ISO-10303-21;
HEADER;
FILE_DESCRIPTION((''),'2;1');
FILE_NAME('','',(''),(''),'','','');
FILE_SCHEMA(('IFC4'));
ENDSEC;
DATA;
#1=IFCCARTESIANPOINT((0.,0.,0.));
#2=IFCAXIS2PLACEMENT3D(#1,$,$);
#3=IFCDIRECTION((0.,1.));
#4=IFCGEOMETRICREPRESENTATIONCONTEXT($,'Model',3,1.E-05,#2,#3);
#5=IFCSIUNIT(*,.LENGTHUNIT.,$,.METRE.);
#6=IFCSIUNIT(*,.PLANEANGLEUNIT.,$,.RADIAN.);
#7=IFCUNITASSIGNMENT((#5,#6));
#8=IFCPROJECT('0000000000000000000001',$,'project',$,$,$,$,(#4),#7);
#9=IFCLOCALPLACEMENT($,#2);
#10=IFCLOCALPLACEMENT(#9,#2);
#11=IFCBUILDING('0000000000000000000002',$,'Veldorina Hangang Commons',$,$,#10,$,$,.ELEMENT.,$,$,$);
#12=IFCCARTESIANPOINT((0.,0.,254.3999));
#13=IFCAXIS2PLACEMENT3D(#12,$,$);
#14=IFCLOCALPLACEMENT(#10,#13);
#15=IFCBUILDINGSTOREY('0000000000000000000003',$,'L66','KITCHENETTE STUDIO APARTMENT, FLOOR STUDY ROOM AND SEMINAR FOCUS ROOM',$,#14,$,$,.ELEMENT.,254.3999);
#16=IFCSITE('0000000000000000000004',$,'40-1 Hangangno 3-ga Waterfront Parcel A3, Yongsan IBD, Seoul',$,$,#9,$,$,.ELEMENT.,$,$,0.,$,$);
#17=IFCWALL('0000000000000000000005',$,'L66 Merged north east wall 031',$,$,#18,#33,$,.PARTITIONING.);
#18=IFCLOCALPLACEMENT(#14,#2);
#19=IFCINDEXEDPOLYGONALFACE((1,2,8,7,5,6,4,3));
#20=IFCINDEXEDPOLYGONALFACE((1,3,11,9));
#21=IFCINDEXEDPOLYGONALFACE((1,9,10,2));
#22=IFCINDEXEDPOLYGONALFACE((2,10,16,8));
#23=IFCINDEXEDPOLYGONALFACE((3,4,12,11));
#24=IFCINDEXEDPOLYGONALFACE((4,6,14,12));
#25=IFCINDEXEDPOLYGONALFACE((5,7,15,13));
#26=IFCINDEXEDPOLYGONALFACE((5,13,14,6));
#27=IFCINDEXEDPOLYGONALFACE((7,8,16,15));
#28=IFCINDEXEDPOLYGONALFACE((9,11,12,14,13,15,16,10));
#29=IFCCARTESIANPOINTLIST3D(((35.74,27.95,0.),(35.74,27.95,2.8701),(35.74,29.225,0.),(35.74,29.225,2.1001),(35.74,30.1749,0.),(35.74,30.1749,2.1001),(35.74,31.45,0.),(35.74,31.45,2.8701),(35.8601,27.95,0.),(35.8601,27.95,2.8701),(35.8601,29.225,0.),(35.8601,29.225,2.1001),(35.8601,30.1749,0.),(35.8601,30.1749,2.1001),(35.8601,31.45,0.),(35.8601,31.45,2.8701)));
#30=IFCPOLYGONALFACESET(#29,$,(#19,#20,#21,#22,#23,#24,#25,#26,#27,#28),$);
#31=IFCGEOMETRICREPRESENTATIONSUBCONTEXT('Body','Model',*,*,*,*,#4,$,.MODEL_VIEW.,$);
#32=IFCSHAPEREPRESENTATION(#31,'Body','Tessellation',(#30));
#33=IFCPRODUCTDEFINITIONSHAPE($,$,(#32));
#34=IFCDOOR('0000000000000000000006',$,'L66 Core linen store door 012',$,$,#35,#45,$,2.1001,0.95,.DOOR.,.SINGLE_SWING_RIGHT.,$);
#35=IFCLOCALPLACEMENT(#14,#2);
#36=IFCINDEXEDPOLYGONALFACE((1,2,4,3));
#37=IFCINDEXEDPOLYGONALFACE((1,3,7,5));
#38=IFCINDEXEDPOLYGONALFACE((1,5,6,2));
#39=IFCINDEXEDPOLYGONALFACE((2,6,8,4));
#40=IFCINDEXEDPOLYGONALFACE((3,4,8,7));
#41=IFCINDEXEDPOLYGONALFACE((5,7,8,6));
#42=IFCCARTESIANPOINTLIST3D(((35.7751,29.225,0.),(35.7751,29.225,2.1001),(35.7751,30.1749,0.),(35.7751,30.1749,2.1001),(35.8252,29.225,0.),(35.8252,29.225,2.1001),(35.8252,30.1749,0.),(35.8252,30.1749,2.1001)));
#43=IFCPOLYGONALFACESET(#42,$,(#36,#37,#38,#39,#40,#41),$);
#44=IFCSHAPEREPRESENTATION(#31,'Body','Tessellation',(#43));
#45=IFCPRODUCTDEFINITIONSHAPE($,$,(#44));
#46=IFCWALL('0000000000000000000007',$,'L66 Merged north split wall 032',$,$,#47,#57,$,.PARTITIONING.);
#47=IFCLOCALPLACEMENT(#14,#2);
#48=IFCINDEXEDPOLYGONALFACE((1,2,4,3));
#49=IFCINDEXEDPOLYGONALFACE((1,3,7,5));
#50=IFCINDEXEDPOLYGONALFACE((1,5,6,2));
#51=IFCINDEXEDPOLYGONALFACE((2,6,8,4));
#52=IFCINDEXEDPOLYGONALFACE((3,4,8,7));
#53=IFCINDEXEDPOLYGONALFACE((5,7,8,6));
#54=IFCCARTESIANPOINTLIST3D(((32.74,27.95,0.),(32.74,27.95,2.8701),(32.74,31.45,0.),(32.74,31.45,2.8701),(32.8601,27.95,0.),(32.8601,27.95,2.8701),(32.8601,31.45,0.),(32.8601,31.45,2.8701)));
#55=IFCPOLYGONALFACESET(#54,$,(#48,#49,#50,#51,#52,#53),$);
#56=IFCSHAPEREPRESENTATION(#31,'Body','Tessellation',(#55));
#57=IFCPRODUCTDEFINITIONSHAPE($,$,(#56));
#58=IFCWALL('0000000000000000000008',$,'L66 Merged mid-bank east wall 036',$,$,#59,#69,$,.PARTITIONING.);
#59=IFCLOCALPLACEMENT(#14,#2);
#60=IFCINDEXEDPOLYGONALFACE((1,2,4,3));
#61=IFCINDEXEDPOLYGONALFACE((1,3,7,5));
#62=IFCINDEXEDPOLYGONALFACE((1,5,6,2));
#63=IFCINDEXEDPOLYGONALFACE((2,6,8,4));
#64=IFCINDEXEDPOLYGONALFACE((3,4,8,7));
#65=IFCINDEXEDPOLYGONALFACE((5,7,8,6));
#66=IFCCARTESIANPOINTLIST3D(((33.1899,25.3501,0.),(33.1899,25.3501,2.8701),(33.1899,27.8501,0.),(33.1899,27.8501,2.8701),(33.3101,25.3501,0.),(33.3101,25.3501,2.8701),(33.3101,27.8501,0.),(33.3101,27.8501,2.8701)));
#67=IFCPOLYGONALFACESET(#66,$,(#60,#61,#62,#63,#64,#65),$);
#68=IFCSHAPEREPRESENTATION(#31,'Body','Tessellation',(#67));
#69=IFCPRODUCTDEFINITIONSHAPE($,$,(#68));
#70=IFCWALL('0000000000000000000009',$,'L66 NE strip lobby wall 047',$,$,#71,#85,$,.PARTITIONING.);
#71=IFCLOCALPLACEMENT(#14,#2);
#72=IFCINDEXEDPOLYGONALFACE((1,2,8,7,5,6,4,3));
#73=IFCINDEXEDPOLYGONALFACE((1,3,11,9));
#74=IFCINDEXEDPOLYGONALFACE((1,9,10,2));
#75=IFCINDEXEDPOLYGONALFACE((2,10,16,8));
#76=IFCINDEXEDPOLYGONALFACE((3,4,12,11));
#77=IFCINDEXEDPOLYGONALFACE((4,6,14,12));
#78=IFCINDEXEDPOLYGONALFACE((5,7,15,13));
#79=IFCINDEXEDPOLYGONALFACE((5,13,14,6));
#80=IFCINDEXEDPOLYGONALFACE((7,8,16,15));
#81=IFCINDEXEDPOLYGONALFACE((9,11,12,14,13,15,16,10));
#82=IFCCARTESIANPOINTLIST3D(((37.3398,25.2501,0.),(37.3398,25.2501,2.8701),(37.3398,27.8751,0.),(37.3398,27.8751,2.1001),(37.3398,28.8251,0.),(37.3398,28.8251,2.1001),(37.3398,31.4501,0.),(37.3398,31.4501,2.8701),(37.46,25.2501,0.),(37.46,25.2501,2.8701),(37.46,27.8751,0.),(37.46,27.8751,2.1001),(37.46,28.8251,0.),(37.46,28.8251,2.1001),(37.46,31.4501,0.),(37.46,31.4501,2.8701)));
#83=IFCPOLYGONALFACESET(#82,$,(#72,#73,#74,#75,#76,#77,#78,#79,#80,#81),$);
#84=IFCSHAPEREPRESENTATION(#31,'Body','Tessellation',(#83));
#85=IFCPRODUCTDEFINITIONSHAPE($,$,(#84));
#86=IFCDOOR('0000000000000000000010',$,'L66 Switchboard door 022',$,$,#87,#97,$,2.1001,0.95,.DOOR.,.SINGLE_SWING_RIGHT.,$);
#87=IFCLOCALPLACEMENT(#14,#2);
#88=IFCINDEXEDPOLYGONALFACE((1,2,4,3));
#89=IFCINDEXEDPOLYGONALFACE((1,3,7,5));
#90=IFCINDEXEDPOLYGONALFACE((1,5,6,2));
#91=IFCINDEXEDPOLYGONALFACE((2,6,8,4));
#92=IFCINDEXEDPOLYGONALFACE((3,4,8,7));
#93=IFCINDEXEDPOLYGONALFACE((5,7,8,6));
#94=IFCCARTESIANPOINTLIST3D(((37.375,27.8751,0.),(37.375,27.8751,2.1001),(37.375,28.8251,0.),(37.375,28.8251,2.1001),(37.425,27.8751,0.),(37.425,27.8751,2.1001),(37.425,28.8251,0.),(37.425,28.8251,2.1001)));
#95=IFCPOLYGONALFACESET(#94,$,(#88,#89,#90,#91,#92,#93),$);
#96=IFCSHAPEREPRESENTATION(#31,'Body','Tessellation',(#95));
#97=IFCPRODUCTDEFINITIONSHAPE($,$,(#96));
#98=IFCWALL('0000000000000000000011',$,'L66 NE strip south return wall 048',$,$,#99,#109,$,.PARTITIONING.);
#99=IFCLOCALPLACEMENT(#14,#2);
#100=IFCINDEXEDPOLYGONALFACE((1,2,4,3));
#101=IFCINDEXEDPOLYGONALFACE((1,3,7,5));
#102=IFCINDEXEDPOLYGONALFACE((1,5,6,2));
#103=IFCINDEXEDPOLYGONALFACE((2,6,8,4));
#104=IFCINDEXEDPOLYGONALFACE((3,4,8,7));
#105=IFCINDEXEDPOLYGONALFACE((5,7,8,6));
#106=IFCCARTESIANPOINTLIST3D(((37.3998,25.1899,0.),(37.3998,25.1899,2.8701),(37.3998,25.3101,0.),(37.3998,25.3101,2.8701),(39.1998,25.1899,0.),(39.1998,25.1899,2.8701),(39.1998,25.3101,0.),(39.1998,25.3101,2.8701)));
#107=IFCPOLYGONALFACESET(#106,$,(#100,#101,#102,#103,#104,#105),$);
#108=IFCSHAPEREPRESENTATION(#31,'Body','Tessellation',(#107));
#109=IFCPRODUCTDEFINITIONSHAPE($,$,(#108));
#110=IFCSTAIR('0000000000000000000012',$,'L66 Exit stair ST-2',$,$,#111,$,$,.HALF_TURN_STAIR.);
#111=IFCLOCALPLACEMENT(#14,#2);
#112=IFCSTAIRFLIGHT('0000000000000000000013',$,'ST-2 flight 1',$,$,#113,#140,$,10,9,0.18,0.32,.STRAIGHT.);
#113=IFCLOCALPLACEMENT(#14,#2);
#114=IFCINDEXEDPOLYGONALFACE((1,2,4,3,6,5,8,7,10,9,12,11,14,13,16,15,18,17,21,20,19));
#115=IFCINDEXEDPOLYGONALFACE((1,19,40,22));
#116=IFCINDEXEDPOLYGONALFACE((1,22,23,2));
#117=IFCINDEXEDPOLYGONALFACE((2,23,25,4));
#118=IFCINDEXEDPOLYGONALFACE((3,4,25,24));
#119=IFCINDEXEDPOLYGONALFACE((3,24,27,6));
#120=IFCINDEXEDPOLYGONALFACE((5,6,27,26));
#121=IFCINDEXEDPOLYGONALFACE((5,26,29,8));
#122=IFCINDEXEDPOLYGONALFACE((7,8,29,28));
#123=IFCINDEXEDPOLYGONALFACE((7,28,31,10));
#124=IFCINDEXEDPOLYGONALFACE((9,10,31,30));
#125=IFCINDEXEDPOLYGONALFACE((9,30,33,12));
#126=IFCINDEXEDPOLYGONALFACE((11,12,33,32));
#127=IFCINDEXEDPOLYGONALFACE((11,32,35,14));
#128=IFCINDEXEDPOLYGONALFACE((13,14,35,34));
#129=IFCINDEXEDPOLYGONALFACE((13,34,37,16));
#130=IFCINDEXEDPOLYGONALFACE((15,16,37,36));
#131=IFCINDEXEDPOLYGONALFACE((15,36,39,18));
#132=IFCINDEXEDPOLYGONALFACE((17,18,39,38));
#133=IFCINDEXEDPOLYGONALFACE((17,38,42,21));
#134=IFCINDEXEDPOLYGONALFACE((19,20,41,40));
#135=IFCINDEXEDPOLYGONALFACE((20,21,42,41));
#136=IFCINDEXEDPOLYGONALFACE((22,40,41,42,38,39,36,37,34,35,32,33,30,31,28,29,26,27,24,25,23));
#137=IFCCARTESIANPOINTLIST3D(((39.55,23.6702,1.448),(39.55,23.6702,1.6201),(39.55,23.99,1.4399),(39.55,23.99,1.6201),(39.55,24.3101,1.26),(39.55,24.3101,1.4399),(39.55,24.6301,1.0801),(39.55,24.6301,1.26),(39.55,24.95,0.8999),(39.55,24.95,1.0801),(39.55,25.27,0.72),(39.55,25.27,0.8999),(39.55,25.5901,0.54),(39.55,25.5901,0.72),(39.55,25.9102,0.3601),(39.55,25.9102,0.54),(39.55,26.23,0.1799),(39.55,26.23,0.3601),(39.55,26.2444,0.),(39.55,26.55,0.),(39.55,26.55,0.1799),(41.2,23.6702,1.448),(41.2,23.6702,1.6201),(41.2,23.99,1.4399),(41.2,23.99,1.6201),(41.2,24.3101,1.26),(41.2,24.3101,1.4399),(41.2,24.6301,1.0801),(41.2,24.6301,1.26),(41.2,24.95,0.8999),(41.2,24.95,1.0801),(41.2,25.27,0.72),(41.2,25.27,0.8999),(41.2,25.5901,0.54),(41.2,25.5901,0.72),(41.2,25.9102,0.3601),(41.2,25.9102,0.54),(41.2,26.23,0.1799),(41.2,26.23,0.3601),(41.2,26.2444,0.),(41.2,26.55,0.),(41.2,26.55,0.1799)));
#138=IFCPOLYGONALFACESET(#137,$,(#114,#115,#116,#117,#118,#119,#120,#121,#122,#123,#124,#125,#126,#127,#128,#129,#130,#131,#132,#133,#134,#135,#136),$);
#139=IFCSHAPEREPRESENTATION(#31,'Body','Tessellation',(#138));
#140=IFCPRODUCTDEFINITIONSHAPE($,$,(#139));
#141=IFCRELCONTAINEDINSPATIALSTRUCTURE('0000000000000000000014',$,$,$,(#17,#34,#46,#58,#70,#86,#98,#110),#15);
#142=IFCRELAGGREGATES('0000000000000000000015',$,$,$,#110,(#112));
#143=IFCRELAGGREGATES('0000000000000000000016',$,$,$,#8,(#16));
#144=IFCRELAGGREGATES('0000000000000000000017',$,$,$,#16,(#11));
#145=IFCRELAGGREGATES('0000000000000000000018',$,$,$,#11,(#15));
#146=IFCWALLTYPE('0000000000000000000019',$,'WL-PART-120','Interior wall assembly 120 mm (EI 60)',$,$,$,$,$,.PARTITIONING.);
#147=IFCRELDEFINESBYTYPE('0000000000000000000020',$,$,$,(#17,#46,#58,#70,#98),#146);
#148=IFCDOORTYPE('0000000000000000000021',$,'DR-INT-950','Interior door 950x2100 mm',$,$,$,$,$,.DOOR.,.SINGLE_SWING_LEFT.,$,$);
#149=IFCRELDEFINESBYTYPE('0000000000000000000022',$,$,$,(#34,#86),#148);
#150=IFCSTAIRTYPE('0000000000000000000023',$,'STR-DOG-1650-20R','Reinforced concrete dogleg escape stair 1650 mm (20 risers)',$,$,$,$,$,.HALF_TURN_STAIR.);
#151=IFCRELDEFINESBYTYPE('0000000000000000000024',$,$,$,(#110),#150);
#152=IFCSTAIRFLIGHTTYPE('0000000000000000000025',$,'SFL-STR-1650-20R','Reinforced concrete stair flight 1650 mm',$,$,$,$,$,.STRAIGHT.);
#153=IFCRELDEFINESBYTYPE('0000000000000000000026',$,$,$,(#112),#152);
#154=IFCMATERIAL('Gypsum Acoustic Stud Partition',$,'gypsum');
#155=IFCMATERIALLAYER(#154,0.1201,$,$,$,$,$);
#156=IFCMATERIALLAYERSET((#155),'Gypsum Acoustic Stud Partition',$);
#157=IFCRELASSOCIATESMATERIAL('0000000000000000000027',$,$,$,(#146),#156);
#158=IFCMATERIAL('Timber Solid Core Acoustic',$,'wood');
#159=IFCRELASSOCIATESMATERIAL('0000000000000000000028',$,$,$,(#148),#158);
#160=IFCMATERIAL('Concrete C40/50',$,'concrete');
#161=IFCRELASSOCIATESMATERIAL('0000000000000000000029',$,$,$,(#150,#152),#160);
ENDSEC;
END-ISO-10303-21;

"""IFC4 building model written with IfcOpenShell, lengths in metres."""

from ifc_helpers import new_model, si_unit, direction, frame, frame_2d, origin, place, context, subcontext, project, spatial, polyline, rectangle, outline, extrude, material, layer, layer_set, type_object, element, fill, aggregate, save


model = new_model("IFC4")

# Units and contexts
model_context = context("Model", 3, precision=1e-05, world=origin(), true_north=direction((0.0, 1.0)))
body_context = subcontext(model_context, "Body", "Model", "MODEL_VIEW")
ifc_project = project(units=[si_unit("LENGTHUNIT", "METRE"), si_unit("PLANEANGLEUNIT", "RADIAN")], contexts=[model_context])

# Site, building, storey
site_placement = place(None, origin())
site = spatial("IfcSite", under=ifc_project, at=site_placement, Name="40-1 Hangangno 3-ga Waterfront Parcel A3, Yongsan IBD, Seoul", CompositionType="ELEMENT", RefElevation=0.0)
building_placement = place(site_placement, origin())
building = spatial("IfcBuilding", under=site, at=building_placement, Name="Veldorina Hangang Commons", CompositionType="ELEMENT")
storey_placement = place(building_placement, frame((0.0, 0.0, 254.3999)))
storey = spatial("IfcBuildingStorey", under=building, at=storey_placement, Name="L66", Description="KITCHENETTE STUDIO APARTMENT, FLOOR STUDY ROOM AND SEMINAR FOCUS ROOM", CompositionType="ELEMENT", Elevation=254.3999)

# Wall, opening, door
ifc_material_1 = material(Name="Gypsum Acoustic Stud Partition", Category="gypsum")
ifc_layer_1 = layer(ifc_material_1, 0.1201)
ifc_layer_set_1 = layer_set([ifc_layer_1], Name="Gypsum Acoustic Stud Partition")
wall_type_1 = type_object("IfcWallType", Name="WL-PART-120", Description="Interior wall assembly 120 mm (EI 60)", PredefinedType="PARTITIONING", material=ifc_layer_set_1)
wall_1_placement = place(storey_placement, frame((35.8, 27.95, 0.0), z_axis=(0.0, 0.0, 1.0), x_axis=(0.0, 1.0, 0.0)))
wall_1 = element("IfcWall", 1, at=wall_1_placement, inside=storey, type_object=wall_type_1, Name="L66 Merged north east wall 031", PredefinedType="PARTITIONING", context=body_context, shape_type="SweptSolid", body=[
    extrude(rectangle(XDim=3.5, YDim=0.1201, at=frame_2d((1.75, 0.0))), origin(), (0.0, 0.0, 1.0), 2.8701),
])
opening_1_placement = place(wall_1_placement, frame((1.2749, 0.0, 0.0)))
opening_1 = element("IfcOpeningElement", 2, at=opening_1_placement, cuts=wall_1, PredefinedType="OPENING", context=body_context, shape_type="SweptSolid", body=[
    extrude(rectangle(XDim=0.95, YDim=2.1001, at=frame_2d((0.4751, 1.05))), frame((0.0, 0.0701, 0.0), z_axis=(0.0, -1.0, 0.0), x_axis=(1.0, 0.0, 0.0)), (0.0, 0.0, 1.0), 0.1401),
])
ifc_material_2 = material(Name="Timber Solid Core Acoustic", Category="wood")
door_type_1 = type_object("IfcDoorType", Name="DR-INT-950", Description="Interior door 950x2100 mm", OperationType="SINGLE_SWING_LEFT", PredefinedType="DOOR", material=ifc_material_2)
door_1_placement = place(opening_1_placement, origin())
door_1 = element("IfcDoor", 3, at=door_1_placement, inside=storey, type_object=door_type_1, Name="L66 Core linen store door 012", OperationType="SINGLE_SWING_RIGHT", OverallHeight=2.1001, OverallWidth=0.95, PredefinedType="DOOR", context=body_context, shape_type="SweptSolid", body=[
    extrude(rectangle(XDim=0.95, YDim=2.1001, at=frame_2d((0.4751, 1.05))), frame((0.0, 0.0249, 0.0), z_axis=(0.0, -1.0, 0.0), x_axis=(1.0, 0.0, 0.0)), (0.0, 0.0, 1.0), 0.05),
])
fill(opening_1, door_1)

# Walls
wall_2_placement = place(storey_placement, frame((32.8, 27.95, 0.0), z_axis=(0.0, 0.0, 1.0), x_axis=(0.0, 1.0, 0.0)))
element("IfcWall", 4, at=wall_2_placement, inside=storey, type_object=wall_type_1, Name="L66 Merged north split wall 032", PredefinedType="PARTITIONING", context=body_context, shape_type="SweptSolid", body=[
    extrude(rectangle(XDim=3.5, YDim=0.1201, at=frame_2d((1.75, 0.0))), origin(), (0.0, 0.0, 1.0), 2.8701),
])
wall_3_placement = place(storey_placement, frame((33.25, 25.3501, 0.0), z_axis=(0.0, 0.0, 1.0), x_axis=(0.0, 1.0, 0.0)))
element("IfcWall", 5, at=wall_3_placement, inside=storey, type_object=wall_type_1, Name="L66 Merged mid-bank east wall 036", PredefinedType="PARTITIONING", context=body_context, shape_type="SweptSolid", body=[
    extrude(rectangle(XDim=2.5, YDim=0.1201, at=frame_2d((1.25, 0.0))), origin(), (0.0, 0.0, 1.0), 2.8701),
])

# Wall, opening, door
wall_4_placement = place(storey_placement, frame((37.3999, 25.25, 0.0), z_axis=(0.0, 0.0, 1.0), x_axis=(0.0, 1.0, 0.0)))
wall_4 = element("IfcWall", 6, at=wall_4_placement, inside=storey, type_object=wall_type_1, Name="L66 NE strip lobby wall 047", PredefinedType="PARTITIONING", context=body_context, shape_type="SweptSolid", body=[
    extrude(rectangle(XDim=6.2, YDim=0.1201, at=frame_2d((3.1001, 0.0))), origin(), (0.0, 0.0, 1.0), 2.8701),
])
opening_2_placement = place(wall_4_placement, frame((2.625, 0.0, 0.0)))
opening_2 = element("IfcOpeningElement", 7, at=opening_2_placement, cuts=wall_4, PredefinedType="OPENING", context=body_context, shape_type="SweptSolid", body=[
    extrude(rectangle(XDim=0.95, YDim=2.1001, at=frame_2d((0.4751, 1.05))), frame((0.0, 0.0701, 0.0), z_axis=(0.0, -1.0, 0.0), x_axis=(1.0, 0.0, 0.0)), (0.0, 0.0, 1.0), 0.1401),
])
door_2_placement = place(opening_2_placement, origin())
door_2 = element("IfcDoor", 8, at=door_2_placement, inside=storey, type_object=door_type_1, Name="L66 Switchboard door 022", OperationType="SINGLE_SWING_RIGHT", OverallHeight=2.1001, OverallWidth=0.95, PredefinedType="DOOR", context=body_context, shape_type="SweptSolid", body=[
    extrude(rectangle(XDim=0.95, YDim=2.1001, at=frame_2d((0.4751, 1.05))), frame((0.0, 0.0249, 0.0), z_axis=(0.0, -1.0, 0.0), x_axis=(1.0, 0.0, 0.0)), (0.0, 0.0, 1.0), 0.05),
])
fill(opening_2, door_2)

# Wall
wall_5_placement = place(storey_placement, frame((37.3999, 25.25, 0.0), z_axis=(0.0, 0.0, 1.0), x_axis=(1.0, 0.0, 0.0)))
element("IfcWall", 9, at=wall_5_placement, inside=storey, type_object=wall_type_1, Name="L66 NE strip south return wall 048", PredefinedType="PARTITIONING", context=body_context, shape_type="SweptSolid", body=[
    extrude(rectangle(XDim=1.8, YDim=0.1201, at=frame_2d((0.8999, 0.0))), origin(), (0.0, 0.0, 1.0), 2.8701),
])

# Stair, stair flight
ifc_material_3 = material(Name="Concrete C40/50", Category="concrete")
stair_type = type_object("IfcStairType", Name="STR-DOG-1650-20R", Description="Reinforced concrete dogleg escape stair 1650 mm (20 risers)", PredefinedType="HALF_TURN_STAIR", material=ifc_material_3)
stair_placement = place(storey_placement, origin())
stair = element("IfcStair", 10, at=stair_placement, inside=storey, type_object=stair_type, Name="L66 Exit stair ST-2", PredefinedType="HALF_TURN_STAIR")
stair_flight_type = type_object("IfcStairFlightType", Name="SFL-STR-1650-20R", Description="Reinforced concrete stair flight 1650 mm", PredefinedType="STRAIGHT", material=ifc_material_3)
stair_flight_placement = place(storey_placement, frame((40.375, 26.55, 0.0), z_axis=(0.0, 0.0, 1.0), x_axis=(0.0, -1.0, 0.0)))
stair_flight = element("IfcStairFlight", 11, at=stair_flight_placement, type_object=stair_flight_type, Name="ST-2 flight 1", NumberOfRisers=10, NumberOfTreads=9, PredefinedType="STRAIGHT", RiserHeight=0.18, TreadLength=0.32, context=body_context, shape_type="SweptSolid", body=[
    extrude(outline(polyline([(0.0, 0.0), (0.0, 0.1799), (0.3201, 0.1799), (0.3201, 0.3601), (0.6399, 0.3601), (0.6399, 0.54), (0.96, 0.54), (0.96, 0.72), (1.28, 0.72), (1.28, 0.8999), (1.6001, 0.8999), (1.6001, 1.0801), (1.9199, 1.0801), (1.9199, 1.26), (2.24, 1.26), (2.24, 1.4399), (2.5601, 1.4399), (2.5601, 1.6201), (2.8799, 1.6201), (2.8799, 1.8), (2.8799, 1.448), (0.3057, 0.0), (0.0, 0.0)])), frame((0.0, 0.825, 0.0), z_axis=(0.0, -1.0, 0.0), x_axis=(1.0, 0.0, 0.0)), (0.0, 0.0, 1.0), 1.6499),
])
aggregate(stair, [stair_flight])

save(model, "model.ifc")
